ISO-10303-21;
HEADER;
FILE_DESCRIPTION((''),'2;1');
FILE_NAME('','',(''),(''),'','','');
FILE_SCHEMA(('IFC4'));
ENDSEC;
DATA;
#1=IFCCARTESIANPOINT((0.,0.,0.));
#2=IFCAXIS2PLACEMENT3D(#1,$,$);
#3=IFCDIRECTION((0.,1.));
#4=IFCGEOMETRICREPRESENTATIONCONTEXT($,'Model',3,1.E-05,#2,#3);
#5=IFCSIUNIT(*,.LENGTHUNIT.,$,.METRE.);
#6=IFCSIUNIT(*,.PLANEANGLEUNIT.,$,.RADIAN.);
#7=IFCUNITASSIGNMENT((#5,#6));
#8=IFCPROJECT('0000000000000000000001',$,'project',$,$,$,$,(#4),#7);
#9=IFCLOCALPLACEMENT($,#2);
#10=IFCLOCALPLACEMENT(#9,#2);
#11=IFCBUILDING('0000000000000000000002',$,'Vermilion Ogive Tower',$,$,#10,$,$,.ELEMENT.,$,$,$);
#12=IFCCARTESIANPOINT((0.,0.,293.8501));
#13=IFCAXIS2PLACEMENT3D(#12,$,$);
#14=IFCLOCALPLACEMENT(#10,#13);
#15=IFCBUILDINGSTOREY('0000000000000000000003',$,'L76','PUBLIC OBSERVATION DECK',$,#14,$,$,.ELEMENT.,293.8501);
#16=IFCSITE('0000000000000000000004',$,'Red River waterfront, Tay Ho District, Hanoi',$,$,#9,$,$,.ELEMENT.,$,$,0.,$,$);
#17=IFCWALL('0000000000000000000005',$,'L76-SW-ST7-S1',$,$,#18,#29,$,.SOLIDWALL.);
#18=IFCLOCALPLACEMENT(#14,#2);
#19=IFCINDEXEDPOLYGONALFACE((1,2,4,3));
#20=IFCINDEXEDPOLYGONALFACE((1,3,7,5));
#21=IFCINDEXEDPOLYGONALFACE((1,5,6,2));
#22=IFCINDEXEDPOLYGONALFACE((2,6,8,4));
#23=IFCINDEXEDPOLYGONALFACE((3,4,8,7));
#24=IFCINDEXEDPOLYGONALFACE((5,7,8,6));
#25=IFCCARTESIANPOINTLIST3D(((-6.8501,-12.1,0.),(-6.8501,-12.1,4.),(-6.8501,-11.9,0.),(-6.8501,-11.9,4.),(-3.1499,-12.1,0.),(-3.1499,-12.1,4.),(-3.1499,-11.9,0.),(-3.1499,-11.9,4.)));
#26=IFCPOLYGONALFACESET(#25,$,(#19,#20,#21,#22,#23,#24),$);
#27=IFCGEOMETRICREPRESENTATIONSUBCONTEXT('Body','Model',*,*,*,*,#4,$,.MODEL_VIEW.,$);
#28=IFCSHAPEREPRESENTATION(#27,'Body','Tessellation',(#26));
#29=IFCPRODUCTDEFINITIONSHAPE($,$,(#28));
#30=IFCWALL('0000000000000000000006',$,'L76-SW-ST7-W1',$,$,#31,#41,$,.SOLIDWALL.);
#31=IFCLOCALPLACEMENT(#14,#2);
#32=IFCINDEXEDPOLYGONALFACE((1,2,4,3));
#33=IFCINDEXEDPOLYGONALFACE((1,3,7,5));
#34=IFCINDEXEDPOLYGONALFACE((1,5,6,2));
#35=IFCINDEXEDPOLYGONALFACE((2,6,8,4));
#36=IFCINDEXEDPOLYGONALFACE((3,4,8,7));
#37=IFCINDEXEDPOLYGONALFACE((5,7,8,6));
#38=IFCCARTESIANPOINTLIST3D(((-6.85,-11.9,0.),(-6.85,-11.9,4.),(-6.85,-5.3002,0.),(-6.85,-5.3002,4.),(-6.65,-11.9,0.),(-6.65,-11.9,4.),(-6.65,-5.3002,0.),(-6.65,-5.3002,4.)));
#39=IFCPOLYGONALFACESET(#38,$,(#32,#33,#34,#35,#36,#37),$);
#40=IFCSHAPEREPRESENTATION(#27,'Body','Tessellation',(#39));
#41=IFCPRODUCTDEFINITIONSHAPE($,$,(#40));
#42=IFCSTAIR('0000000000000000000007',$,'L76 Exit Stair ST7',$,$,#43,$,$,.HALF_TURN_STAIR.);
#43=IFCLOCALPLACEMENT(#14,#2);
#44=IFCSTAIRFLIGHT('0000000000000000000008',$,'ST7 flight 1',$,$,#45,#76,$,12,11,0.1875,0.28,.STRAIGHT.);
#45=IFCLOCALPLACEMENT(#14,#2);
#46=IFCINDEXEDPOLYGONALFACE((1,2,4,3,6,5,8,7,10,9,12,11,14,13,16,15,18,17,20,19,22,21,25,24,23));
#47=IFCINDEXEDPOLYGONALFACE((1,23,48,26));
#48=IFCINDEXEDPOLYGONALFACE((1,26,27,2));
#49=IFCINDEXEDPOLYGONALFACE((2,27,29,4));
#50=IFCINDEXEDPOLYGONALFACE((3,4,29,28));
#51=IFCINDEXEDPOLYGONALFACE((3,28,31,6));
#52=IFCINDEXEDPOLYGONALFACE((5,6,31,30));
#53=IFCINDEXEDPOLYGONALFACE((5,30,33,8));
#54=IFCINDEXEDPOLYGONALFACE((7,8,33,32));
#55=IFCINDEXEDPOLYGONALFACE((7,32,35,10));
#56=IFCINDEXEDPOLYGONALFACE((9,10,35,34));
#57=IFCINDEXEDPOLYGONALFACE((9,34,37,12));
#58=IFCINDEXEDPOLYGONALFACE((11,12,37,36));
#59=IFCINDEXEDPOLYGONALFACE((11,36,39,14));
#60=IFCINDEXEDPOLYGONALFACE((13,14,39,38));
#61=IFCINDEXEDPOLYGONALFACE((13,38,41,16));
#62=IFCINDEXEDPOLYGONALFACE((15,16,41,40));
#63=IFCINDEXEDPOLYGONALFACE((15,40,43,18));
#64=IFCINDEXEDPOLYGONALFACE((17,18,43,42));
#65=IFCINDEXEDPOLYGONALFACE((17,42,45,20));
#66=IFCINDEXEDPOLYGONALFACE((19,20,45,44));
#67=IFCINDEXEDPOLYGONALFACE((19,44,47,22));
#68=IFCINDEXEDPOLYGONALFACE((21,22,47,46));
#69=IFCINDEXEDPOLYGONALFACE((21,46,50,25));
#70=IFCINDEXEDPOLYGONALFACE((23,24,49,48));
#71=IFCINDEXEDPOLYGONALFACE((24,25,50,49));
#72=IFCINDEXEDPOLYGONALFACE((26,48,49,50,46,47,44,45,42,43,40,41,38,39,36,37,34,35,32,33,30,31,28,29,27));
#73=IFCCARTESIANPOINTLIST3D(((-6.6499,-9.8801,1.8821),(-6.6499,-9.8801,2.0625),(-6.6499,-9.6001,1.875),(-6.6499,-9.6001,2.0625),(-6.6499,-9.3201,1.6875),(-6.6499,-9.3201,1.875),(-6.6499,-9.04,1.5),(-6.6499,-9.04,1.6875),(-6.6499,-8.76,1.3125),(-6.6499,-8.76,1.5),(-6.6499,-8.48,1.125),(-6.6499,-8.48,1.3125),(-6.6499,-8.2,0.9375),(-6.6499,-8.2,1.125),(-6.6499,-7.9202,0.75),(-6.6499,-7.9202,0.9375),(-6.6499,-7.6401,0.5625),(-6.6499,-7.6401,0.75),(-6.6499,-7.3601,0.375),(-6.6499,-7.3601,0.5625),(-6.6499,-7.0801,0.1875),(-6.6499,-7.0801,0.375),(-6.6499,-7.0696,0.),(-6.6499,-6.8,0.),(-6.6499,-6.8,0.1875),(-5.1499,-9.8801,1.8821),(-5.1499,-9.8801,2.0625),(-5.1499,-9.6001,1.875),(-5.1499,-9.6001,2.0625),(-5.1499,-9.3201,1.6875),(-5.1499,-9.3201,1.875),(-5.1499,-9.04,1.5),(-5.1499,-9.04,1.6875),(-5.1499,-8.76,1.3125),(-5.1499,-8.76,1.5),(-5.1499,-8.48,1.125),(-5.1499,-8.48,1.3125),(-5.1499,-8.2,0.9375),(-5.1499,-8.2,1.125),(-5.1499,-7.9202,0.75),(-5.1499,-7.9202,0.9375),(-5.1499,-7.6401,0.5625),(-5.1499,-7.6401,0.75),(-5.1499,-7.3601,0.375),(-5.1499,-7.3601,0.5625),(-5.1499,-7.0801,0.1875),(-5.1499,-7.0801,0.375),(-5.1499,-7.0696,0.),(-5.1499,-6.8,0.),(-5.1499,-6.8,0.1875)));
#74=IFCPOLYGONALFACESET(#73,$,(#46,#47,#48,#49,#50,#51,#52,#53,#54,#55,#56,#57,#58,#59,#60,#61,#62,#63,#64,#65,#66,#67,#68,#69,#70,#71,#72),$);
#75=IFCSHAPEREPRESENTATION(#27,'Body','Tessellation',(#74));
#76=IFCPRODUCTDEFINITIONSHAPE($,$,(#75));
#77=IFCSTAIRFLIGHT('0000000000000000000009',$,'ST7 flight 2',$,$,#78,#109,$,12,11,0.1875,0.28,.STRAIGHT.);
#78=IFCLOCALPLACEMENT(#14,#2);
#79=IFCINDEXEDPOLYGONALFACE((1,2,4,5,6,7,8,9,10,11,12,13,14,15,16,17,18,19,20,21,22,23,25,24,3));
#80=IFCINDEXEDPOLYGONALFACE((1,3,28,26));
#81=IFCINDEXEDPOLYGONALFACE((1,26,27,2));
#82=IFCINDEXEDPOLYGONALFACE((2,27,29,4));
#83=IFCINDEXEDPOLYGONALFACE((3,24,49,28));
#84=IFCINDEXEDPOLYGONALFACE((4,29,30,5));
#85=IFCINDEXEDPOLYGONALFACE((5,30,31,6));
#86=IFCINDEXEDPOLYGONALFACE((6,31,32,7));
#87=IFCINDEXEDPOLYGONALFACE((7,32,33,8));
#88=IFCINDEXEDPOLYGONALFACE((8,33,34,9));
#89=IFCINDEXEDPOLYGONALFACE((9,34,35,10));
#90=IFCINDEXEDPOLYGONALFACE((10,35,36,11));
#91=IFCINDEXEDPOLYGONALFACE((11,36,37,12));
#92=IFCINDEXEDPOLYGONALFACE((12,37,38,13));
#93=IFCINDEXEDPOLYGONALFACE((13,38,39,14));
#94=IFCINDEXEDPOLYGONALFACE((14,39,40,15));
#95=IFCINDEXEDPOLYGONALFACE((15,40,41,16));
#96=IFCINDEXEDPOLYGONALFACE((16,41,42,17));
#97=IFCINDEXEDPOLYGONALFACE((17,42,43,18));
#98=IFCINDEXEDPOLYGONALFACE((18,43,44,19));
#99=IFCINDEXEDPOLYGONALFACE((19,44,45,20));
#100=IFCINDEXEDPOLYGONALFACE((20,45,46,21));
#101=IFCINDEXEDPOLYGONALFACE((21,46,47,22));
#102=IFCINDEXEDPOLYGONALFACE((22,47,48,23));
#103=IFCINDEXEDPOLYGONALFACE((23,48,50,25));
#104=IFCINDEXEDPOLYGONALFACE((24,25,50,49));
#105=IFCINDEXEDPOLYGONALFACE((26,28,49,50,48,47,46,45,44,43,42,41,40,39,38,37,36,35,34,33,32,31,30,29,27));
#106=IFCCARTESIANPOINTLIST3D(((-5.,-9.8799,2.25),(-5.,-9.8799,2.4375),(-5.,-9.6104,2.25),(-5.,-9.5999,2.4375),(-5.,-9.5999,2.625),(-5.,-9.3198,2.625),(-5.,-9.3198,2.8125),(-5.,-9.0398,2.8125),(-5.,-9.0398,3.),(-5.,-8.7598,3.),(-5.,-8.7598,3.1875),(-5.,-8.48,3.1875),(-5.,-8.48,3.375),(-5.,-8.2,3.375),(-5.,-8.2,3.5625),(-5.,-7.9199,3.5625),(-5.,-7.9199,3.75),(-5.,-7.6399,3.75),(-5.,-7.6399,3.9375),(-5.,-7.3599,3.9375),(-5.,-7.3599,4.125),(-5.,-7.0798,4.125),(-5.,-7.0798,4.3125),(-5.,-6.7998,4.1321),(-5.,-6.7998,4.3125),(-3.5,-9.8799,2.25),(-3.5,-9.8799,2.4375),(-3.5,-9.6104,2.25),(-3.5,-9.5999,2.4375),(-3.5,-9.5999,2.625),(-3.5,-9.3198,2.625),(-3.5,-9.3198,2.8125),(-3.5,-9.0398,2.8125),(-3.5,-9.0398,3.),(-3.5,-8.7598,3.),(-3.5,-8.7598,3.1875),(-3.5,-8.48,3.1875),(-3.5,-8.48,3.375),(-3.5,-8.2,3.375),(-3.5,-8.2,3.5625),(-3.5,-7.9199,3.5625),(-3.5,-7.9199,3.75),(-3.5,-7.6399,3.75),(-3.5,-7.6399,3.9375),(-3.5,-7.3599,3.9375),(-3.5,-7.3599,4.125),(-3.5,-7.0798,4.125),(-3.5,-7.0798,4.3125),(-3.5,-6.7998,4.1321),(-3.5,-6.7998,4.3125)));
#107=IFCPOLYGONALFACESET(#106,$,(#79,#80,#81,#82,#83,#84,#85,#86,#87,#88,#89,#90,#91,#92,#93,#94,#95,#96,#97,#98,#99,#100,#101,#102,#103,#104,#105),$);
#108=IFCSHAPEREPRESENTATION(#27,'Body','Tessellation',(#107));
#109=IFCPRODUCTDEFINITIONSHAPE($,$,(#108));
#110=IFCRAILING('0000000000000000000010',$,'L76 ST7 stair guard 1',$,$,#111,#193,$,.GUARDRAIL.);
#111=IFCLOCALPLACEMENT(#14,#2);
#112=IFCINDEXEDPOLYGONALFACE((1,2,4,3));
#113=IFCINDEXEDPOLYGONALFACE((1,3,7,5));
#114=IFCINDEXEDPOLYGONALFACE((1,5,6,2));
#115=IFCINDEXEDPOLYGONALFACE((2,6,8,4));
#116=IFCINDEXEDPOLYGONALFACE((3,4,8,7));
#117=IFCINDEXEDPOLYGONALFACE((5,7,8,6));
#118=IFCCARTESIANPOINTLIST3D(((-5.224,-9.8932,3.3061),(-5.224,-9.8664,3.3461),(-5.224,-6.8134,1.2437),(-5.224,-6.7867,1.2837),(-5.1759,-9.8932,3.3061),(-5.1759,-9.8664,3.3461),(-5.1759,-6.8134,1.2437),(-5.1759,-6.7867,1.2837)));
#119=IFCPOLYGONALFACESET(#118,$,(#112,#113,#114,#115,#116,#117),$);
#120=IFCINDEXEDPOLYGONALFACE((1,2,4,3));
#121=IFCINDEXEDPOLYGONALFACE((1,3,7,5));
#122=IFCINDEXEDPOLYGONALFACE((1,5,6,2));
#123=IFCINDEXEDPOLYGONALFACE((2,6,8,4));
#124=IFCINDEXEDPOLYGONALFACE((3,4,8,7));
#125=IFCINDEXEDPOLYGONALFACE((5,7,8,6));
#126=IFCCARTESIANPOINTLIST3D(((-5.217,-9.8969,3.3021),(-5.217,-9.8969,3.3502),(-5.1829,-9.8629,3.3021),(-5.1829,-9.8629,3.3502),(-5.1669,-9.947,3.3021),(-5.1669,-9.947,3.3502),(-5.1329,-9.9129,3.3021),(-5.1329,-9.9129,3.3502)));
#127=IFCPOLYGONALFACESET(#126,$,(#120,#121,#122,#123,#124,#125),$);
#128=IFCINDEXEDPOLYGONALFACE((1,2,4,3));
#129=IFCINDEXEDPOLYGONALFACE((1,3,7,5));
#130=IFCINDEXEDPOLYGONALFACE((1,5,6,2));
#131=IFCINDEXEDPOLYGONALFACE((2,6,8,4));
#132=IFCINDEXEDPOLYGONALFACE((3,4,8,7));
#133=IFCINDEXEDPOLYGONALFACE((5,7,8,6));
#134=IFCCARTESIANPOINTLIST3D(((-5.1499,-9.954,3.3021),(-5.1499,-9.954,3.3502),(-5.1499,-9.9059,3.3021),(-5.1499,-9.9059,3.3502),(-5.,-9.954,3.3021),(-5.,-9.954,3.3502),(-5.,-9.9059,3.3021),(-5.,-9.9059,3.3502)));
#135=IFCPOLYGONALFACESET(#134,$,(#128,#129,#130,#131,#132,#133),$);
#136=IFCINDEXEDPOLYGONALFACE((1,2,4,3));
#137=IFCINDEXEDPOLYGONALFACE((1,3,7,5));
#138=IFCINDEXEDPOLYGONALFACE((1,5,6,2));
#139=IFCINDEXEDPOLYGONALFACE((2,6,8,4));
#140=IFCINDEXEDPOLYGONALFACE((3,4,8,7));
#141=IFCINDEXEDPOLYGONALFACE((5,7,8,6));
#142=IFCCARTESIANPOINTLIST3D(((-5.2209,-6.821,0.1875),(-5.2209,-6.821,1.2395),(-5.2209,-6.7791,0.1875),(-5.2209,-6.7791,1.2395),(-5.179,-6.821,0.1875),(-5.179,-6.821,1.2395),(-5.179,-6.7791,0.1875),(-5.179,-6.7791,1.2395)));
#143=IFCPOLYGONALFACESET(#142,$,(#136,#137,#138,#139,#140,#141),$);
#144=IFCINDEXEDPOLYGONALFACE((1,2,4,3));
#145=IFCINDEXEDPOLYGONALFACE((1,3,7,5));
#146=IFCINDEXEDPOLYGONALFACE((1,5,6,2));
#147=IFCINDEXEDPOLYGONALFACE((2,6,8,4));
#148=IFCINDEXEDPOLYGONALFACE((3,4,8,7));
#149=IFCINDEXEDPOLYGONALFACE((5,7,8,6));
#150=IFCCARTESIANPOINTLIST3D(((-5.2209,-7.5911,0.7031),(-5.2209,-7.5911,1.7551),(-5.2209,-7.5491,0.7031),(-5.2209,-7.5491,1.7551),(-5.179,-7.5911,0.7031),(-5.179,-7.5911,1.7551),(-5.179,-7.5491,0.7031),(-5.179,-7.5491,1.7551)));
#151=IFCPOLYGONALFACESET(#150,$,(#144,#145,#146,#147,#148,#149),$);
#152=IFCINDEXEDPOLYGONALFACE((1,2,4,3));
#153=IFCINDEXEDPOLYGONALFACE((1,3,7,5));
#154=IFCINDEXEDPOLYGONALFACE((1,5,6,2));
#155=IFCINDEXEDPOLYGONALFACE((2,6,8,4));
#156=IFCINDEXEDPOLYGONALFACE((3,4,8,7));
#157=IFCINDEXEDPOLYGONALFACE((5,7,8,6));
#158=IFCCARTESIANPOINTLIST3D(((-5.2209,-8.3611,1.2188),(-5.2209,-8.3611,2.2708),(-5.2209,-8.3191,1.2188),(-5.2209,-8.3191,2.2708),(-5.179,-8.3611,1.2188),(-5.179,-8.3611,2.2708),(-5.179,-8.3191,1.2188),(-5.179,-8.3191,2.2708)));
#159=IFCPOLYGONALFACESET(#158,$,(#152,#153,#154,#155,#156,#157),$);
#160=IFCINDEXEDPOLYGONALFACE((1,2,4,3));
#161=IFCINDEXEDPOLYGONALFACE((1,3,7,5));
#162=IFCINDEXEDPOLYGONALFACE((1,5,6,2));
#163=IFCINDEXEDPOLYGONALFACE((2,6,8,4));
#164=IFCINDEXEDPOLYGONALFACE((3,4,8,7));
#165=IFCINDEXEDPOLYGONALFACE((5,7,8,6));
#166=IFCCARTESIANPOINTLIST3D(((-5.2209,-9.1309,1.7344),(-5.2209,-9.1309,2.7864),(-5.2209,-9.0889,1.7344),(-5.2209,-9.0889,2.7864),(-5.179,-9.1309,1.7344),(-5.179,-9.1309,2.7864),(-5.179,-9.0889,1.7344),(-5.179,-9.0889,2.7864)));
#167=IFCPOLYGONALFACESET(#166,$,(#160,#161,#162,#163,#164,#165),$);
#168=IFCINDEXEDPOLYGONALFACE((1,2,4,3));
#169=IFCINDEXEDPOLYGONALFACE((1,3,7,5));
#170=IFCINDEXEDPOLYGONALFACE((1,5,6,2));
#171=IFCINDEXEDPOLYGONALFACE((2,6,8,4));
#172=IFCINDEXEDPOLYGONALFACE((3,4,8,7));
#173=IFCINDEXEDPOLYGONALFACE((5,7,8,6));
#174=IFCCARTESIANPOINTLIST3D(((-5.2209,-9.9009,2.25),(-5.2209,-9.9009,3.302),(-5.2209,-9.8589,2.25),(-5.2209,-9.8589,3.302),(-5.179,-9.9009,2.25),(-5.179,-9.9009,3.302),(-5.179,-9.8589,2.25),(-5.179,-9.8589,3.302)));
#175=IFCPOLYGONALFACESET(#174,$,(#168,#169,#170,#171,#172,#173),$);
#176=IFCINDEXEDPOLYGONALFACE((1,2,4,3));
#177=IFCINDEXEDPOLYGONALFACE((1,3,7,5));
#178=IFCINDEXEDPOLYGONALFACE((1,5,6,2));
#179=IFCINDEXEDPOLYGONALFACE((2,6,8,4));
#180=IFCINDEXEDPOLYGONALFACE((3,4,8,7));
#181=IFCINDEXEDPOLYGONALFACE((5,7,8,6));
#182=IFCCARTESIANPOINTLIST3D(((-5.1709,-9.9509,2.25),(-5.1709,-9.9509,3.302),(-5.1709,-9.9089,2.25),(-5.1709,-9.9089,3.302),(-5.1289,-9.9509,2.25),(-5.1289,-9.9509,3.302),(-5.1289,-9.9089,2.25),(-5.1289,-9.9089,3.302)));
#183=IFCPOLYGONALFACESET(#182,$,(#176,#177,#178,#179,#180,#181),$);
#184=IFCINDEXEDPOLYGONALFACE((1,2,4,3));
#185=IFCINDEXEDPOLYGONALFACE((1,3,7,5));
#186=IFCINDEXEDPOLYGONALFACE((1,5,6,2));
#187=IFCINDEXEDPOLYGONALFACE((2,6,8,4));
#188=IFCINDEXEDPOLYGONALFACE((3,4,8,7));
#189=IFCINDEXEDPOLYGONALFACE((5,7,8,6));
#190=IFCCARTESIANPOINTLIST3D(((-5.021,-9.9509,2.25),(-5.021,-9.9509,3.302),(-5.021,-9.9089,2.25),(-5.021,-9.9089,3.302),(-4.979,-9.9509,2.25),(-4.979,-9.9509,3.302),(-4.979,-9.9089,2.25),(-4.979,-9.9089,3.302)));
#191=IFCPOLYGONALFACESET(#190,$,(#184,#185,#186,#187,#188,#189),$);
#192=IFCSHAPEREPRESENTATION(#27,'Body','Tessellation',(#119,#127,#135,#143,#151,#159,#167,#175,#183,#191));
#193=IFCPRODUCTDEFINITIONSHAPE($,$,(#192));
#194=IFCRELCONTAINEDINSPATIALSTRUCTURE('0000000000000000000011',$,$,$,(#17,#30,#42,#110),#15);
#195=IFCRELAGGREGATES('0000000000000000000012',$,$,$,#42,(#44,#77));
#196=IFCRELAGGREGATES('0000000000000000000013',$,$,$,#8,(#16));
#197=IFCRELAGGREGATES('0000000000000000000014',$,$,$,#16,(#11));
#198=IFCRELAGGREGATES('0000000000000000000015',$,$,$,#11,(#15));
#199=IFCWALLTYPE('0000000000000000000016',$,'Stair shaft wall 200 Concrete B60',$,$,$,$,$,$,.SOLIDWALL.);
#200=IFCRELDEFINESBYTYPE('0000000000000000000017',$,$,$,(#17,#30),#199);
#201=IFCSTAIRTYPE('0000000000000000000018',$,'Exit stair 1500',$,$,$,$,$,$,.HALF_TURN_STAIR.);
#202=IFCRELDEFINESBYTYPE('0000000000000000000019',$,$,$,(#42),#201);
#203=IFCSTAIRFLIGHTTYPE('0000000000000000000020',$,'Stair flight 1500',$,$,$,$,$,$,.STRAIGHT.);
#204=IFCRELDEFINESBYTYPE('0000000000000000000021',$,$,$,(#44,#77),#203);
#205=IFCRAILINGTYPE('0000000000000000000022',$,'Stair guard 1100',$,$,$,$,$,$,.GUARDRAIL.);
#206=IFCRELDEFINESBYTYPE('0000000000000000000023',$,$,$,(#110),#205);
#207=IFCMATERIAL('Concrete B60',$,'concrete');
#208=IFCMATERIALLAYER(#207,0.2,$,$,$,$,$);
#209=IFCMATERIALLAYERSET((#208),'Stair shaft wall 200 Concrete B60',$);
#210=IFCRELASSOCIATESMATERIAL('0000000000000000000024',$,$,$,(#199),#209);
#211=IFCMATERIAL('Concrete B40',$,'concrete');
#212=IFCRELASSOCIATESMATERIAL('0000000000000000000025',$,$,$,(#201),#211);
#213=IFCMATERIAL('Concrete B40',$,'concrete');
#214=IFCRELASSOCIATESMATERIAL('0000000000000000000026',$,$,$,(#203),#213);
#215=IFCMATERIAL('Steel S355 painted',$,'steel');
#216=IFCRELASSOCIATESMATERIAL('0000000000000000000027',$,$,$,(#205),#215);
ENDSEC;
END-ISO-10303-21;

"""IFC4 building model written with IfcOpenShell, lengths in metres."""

from ifc_helpers import new_model, si_unit, direction, frame, frame_2d, origin, origin_2d, place, context, subcontext, project, spatial, polyline, rectangle, outline, extrude, material, layer, layer_set, type_object, element, aggregate, save


model = new_model("IFC4")

# Units and contexts
model_context = context("Model", 3, precision=1e-05, world=origin(), true_north=direction((0.0, 1.0)))
body_context = subcontext(model_context, "Body", "Model", "MODEL_VIEW")
ifc_project = project(units=[si_unit("LENGTHUNIT", "METRE"), si_unit("PLANEANGLEUNIT", "RADIAN")], contexts=[model_context])

# Site, building, storey
site_placement = place(None, origin())
site = spatial("IfcSite", under=ifc_project, at=site_placement, Name="Red River waterfront, Tay Ho District, Hanoi", CompositionType="ELEMENT", RefElevation=0.0)
building_placement = place(site_placement, origin())
building = spatial("IfcBuilding", under=site, at=building_placement, Name="Vermilion Ogive Tower", CompositionType="ELEMENT")
storey_placement = place(building_placement, frame((0.0, 0.0, 293.8501)))
storey = spatial("IfcBuildingStorey", under=building, at=storey_placement, Name="L76", Description="PUBLIC OBSERVATION DECK", CompositionType="ELEMENT", Elevation=293.8501)

# Walls
ifc_material_1 = material(Name="Concrete B60", Category="concrete")
ifc_layer_1 = layer(ifc_material_1, 0.2)
ifc_layer_set_1 = layer_set([ifc_layer_1], Name="Stair shaft wall 200 Concrete B60")
wall_type_1 = type_object("IfcWallType", Name="Stair shaft wall 200 Concrete B60", PredefinedType="SOLIDWALL", material=ifc_layer_set_1)
wall_1_placement = place(storey_placement, frame((-6.8501, -12.0, 0.0), z_axis=(0.0, 0.0, 1.0), x_axis=(1.0, 0.0, 0.0)))
element("IfcWall", 1, at=wall_1_placement, inside=storey, type_object=wall_type_1, Name="L76-SW-ST7-S1", PredefinedType="SOLIDWALL", context=body_context, shape_type="SweptSolid", body=[
    extrude(rectangle(XDim=3.7002, YDim=0.2, at=frame_2d((1.8501, 0.0))), origin(), (0.0, 0.0, 1.0), 4.0),
])
wall_2_placement = place(storey_placement, frame((-6.75, -11.8999, 0.0), z_axis=(0.0, 0.0, 1.0), x_axis=(0.0, 1.0, 0.0)))
element("IfcWall", 2, at=wall_2_placement, inside=storey, type_object=wall_type_1, Name="L76-SW-ST7-W1", PredefinedType="SOLIDWALL", context=body_context, shape_type="SweptSolid", body=[
    extrude(rectangle(XDim=6.5999, YDim=0.2, at=frame_2d((3.2998, 0.0))), origin(), (0.0, 0.0, 1.0), 4.0),
])

# Stair, stair flights
ifc_material_2 = material(Name="Concrete B40", Category="concrete")
stair_type = type_object("IfcStairType", Name="Exit stair 1500", PredefinedType="HALF_TURN_STAIR", material=ifc_material_2)
stair_placement = place(storey_placement, origin())
stair = element("IfcStair", 3, at=stair_placement, inside=storey, type_object=stair_type, Name="L76 Exit Stair ST7", PredefinedType="HALF_TURN_STAIR")
ifc_material_3 = material(Name="Concrete B40", Category="concrete")
stair_flight_type = type_object("IfcStairFlightType", Name="Stair flight 1500", PredefinedType="STRAIGHT", material=ifc_material_3)
stair_flight_1_placement = place(storey_placement, frame((-5.8999, -6.8, 0.0), z_axis=(0.0, 0.0, 1.0), x_axis=(0.0, -1.0, 0.0)))
stair_flight_1 = element("IfcStairFlight", 4, at=stair_flight_1_placement, type_object=stair_flight_type, Name="ST7 flight 1", NumberOfRisers=12, NumberOfTreads=11, PredefinedType="STRAIGHT", RiserHeight=0.1875, TreadLength=0.28, context=body_context, shape_type="SweptSolid", body=[
    extrude(outline(polyline([(0.0, 0.0), (0.0, 0.1875), (0.28, 0.1875), (0.28, 0.375), (0.5601, 0.375), (0.5601, 0.5625), (0.8401, 0.5625), (0.8401, 0.75), (1.1201, 0.75), (1.1201, 0.9375), (1.3999, 0.9375), (1.3999, 1.125), (1.6799, 1.125), (1.6799, 1.3125), (1.96, 1.3125), (1.96, 1.5), (2.24, 1.5), (2.24, 1.6875), (2.52, 1.6875), (2.52, 1.875), (2.8, 1.875), (2.8, 2.0625), (3.0801, 2.0625), (3.0801, 2.25), (3.0801, 1.8821), (0.2695, 0.0), (0.0, 0.0)])), frame((0.0, 0.75, 0.0), z_axis=(0.0, -1.0, 0.0), x_axis=(1.0, 0.0, 0.0)), (0.0, 0.0, 1.0), 1.5),
])
stair_flight_2_placement = place(storey_placement, frame((-4.25, -9.8799, 2.25), z_axis=(0.0, 0.0, 1.0), x_axis=(0.0, 1.0, 0.0)))
stair_flight_2 = element("IfcStairFlight", 5, at=stair_flight_2_placement, type_object=stair_flight_type, Name="ST7 flight 2", NumberOfRisers=12, NumberOfTreads=11, PredefinedType="STRAIGHT", RiserHeight=0.1875, TreadLength=0.28, context=body_context, shape_type="SweptSolid", body=[
    extrude(outline(polyline([(0.0, 0.0), (0.0, 0.1875), (0.28, 0.1875), (0.28, 0.375), (0.5601, 0.375), (0.5601, 0.5625), (0.8401, 0.5625), (0.8401, 0.75), (1.1201, 0.75), (1.1201, 0.9375), (1.3999, 0.9375), (1.3999, 1.125), (1.6799, 1.125), (1.6799, 1.3125), (1.96, 1.3125), (1.96, 1.5), (2.24, 1.5), (2.24, 1.6875), (2.52, 1.6875), (2.52, 1.875), (2.8, 1.875), (2.8, 2.0625), (3.0801, 2.0625), (3.0801, 2.25), (3.0801, 1.8821), (0.2695, 0.0), (0.0, 0.0)])), frame((0.0, 0.75, 0.0), z_axis=(0.0, -1.0, 0.0), x_axis=(1.0, 0.0, 0.0)), (0.0, 0.0, 1.0), 1.5),
])
aggregate(stair, [stair_flight_1, stair_flight_2])

# Railing
ifc_material_4 = material(Name="Steel S355 painted", Category="steel")
railing_type_1 = type_object("IfcRailingType", Name="Stair guard 1100", PredefinedType="GUARDRAIL", material=ifc_material_4)
railing_1_placement = place(storey_placement, frame((-5.2, -6.8, 0.1875)))
element("IfcRailing", 6, at=railing_1_placement, inside=storey, type_object=railing_type_1, Name="L76 ST7 stair guard 1", PredefinedType="GUARDRAIL", context=body_context, shape_type="SweptSolid", body=[
    extrude(rectangle(XDim=0.0481, YDim=0.0481, at=origin_2d()), frame((0.0, 0.0, 1.0762), z_axis=(0.0, -0.830893, 0.556432), x_axis=(1.0, 0.0, 0.0)), (0.0, 0.0, 1.0), 3.7065),
    extrude(rectangle(XDim=0.0481, YDim=0.0481, at=origin_2d()), frame((0.0, -3.0798, 3.1387), z_axis=(0.707107, -0.707107, 0.0), x_axis=(0.707107, 0.707107, 0.0)), (0.0, 0.0, 1.0), 0.0708),
    extrude(rectangle(XDim=0.0481, YDim=0.0481, at=origin_2d()), frame((0.05, -3.1299, 3.1387), z_axis=(1.0, 0.0, 0.0), x_axis=(0.0, 1.0, 0.0)), (0.0, 0.0, 1.0), 0.1499),
    extrude(rectangle(XDim=0.042, YDim=0.042, at=origin_2d()), origin(), (0.0, 0.0, 1.0), 1.052),
    extrude(rectangle(XDim=0.042, YDim=0.042, at=origin_2d()), frame((0.0, -0.77, 0.5156)), (0.0, 0.0, 1.0), 1.052),
    extrude(rectangle(XDim=0.042, YDim=0.042, at=origin_2d()), frame((0.0, -1.54, 1.0312)), (0.0, 0.0, 1.0), 1.052),
    extrude(rectangle(XDim=0.042, YDim=0.042, at=origin_2d()), frame((0.0, -2.3098, 1.5469)), (0.0, 0.0, 1.0), 1.052),
    extrude(rectangle(XDim=0.042, YDim=0.042, at=origin_2d()), frame((0.0, -3.0798, 2.0625)), (0.0, 0.0, 1.0), 1.052),
    extrude(rectangle(XDim=0.042, YDim=0.042, at=origin_2d()), frame((0.05, -3.1299, 2.0625)), (0.0, 0.0, 1.0), 1.052),
    extrude(rectangle(XDim=0.042, YDim=0.042, at=origin_2d()), frame((0.2, -3.1299, 2.0625)), (0.0, 0.0, 1.0), 1.052),
])

save(model, "model.ifc")
